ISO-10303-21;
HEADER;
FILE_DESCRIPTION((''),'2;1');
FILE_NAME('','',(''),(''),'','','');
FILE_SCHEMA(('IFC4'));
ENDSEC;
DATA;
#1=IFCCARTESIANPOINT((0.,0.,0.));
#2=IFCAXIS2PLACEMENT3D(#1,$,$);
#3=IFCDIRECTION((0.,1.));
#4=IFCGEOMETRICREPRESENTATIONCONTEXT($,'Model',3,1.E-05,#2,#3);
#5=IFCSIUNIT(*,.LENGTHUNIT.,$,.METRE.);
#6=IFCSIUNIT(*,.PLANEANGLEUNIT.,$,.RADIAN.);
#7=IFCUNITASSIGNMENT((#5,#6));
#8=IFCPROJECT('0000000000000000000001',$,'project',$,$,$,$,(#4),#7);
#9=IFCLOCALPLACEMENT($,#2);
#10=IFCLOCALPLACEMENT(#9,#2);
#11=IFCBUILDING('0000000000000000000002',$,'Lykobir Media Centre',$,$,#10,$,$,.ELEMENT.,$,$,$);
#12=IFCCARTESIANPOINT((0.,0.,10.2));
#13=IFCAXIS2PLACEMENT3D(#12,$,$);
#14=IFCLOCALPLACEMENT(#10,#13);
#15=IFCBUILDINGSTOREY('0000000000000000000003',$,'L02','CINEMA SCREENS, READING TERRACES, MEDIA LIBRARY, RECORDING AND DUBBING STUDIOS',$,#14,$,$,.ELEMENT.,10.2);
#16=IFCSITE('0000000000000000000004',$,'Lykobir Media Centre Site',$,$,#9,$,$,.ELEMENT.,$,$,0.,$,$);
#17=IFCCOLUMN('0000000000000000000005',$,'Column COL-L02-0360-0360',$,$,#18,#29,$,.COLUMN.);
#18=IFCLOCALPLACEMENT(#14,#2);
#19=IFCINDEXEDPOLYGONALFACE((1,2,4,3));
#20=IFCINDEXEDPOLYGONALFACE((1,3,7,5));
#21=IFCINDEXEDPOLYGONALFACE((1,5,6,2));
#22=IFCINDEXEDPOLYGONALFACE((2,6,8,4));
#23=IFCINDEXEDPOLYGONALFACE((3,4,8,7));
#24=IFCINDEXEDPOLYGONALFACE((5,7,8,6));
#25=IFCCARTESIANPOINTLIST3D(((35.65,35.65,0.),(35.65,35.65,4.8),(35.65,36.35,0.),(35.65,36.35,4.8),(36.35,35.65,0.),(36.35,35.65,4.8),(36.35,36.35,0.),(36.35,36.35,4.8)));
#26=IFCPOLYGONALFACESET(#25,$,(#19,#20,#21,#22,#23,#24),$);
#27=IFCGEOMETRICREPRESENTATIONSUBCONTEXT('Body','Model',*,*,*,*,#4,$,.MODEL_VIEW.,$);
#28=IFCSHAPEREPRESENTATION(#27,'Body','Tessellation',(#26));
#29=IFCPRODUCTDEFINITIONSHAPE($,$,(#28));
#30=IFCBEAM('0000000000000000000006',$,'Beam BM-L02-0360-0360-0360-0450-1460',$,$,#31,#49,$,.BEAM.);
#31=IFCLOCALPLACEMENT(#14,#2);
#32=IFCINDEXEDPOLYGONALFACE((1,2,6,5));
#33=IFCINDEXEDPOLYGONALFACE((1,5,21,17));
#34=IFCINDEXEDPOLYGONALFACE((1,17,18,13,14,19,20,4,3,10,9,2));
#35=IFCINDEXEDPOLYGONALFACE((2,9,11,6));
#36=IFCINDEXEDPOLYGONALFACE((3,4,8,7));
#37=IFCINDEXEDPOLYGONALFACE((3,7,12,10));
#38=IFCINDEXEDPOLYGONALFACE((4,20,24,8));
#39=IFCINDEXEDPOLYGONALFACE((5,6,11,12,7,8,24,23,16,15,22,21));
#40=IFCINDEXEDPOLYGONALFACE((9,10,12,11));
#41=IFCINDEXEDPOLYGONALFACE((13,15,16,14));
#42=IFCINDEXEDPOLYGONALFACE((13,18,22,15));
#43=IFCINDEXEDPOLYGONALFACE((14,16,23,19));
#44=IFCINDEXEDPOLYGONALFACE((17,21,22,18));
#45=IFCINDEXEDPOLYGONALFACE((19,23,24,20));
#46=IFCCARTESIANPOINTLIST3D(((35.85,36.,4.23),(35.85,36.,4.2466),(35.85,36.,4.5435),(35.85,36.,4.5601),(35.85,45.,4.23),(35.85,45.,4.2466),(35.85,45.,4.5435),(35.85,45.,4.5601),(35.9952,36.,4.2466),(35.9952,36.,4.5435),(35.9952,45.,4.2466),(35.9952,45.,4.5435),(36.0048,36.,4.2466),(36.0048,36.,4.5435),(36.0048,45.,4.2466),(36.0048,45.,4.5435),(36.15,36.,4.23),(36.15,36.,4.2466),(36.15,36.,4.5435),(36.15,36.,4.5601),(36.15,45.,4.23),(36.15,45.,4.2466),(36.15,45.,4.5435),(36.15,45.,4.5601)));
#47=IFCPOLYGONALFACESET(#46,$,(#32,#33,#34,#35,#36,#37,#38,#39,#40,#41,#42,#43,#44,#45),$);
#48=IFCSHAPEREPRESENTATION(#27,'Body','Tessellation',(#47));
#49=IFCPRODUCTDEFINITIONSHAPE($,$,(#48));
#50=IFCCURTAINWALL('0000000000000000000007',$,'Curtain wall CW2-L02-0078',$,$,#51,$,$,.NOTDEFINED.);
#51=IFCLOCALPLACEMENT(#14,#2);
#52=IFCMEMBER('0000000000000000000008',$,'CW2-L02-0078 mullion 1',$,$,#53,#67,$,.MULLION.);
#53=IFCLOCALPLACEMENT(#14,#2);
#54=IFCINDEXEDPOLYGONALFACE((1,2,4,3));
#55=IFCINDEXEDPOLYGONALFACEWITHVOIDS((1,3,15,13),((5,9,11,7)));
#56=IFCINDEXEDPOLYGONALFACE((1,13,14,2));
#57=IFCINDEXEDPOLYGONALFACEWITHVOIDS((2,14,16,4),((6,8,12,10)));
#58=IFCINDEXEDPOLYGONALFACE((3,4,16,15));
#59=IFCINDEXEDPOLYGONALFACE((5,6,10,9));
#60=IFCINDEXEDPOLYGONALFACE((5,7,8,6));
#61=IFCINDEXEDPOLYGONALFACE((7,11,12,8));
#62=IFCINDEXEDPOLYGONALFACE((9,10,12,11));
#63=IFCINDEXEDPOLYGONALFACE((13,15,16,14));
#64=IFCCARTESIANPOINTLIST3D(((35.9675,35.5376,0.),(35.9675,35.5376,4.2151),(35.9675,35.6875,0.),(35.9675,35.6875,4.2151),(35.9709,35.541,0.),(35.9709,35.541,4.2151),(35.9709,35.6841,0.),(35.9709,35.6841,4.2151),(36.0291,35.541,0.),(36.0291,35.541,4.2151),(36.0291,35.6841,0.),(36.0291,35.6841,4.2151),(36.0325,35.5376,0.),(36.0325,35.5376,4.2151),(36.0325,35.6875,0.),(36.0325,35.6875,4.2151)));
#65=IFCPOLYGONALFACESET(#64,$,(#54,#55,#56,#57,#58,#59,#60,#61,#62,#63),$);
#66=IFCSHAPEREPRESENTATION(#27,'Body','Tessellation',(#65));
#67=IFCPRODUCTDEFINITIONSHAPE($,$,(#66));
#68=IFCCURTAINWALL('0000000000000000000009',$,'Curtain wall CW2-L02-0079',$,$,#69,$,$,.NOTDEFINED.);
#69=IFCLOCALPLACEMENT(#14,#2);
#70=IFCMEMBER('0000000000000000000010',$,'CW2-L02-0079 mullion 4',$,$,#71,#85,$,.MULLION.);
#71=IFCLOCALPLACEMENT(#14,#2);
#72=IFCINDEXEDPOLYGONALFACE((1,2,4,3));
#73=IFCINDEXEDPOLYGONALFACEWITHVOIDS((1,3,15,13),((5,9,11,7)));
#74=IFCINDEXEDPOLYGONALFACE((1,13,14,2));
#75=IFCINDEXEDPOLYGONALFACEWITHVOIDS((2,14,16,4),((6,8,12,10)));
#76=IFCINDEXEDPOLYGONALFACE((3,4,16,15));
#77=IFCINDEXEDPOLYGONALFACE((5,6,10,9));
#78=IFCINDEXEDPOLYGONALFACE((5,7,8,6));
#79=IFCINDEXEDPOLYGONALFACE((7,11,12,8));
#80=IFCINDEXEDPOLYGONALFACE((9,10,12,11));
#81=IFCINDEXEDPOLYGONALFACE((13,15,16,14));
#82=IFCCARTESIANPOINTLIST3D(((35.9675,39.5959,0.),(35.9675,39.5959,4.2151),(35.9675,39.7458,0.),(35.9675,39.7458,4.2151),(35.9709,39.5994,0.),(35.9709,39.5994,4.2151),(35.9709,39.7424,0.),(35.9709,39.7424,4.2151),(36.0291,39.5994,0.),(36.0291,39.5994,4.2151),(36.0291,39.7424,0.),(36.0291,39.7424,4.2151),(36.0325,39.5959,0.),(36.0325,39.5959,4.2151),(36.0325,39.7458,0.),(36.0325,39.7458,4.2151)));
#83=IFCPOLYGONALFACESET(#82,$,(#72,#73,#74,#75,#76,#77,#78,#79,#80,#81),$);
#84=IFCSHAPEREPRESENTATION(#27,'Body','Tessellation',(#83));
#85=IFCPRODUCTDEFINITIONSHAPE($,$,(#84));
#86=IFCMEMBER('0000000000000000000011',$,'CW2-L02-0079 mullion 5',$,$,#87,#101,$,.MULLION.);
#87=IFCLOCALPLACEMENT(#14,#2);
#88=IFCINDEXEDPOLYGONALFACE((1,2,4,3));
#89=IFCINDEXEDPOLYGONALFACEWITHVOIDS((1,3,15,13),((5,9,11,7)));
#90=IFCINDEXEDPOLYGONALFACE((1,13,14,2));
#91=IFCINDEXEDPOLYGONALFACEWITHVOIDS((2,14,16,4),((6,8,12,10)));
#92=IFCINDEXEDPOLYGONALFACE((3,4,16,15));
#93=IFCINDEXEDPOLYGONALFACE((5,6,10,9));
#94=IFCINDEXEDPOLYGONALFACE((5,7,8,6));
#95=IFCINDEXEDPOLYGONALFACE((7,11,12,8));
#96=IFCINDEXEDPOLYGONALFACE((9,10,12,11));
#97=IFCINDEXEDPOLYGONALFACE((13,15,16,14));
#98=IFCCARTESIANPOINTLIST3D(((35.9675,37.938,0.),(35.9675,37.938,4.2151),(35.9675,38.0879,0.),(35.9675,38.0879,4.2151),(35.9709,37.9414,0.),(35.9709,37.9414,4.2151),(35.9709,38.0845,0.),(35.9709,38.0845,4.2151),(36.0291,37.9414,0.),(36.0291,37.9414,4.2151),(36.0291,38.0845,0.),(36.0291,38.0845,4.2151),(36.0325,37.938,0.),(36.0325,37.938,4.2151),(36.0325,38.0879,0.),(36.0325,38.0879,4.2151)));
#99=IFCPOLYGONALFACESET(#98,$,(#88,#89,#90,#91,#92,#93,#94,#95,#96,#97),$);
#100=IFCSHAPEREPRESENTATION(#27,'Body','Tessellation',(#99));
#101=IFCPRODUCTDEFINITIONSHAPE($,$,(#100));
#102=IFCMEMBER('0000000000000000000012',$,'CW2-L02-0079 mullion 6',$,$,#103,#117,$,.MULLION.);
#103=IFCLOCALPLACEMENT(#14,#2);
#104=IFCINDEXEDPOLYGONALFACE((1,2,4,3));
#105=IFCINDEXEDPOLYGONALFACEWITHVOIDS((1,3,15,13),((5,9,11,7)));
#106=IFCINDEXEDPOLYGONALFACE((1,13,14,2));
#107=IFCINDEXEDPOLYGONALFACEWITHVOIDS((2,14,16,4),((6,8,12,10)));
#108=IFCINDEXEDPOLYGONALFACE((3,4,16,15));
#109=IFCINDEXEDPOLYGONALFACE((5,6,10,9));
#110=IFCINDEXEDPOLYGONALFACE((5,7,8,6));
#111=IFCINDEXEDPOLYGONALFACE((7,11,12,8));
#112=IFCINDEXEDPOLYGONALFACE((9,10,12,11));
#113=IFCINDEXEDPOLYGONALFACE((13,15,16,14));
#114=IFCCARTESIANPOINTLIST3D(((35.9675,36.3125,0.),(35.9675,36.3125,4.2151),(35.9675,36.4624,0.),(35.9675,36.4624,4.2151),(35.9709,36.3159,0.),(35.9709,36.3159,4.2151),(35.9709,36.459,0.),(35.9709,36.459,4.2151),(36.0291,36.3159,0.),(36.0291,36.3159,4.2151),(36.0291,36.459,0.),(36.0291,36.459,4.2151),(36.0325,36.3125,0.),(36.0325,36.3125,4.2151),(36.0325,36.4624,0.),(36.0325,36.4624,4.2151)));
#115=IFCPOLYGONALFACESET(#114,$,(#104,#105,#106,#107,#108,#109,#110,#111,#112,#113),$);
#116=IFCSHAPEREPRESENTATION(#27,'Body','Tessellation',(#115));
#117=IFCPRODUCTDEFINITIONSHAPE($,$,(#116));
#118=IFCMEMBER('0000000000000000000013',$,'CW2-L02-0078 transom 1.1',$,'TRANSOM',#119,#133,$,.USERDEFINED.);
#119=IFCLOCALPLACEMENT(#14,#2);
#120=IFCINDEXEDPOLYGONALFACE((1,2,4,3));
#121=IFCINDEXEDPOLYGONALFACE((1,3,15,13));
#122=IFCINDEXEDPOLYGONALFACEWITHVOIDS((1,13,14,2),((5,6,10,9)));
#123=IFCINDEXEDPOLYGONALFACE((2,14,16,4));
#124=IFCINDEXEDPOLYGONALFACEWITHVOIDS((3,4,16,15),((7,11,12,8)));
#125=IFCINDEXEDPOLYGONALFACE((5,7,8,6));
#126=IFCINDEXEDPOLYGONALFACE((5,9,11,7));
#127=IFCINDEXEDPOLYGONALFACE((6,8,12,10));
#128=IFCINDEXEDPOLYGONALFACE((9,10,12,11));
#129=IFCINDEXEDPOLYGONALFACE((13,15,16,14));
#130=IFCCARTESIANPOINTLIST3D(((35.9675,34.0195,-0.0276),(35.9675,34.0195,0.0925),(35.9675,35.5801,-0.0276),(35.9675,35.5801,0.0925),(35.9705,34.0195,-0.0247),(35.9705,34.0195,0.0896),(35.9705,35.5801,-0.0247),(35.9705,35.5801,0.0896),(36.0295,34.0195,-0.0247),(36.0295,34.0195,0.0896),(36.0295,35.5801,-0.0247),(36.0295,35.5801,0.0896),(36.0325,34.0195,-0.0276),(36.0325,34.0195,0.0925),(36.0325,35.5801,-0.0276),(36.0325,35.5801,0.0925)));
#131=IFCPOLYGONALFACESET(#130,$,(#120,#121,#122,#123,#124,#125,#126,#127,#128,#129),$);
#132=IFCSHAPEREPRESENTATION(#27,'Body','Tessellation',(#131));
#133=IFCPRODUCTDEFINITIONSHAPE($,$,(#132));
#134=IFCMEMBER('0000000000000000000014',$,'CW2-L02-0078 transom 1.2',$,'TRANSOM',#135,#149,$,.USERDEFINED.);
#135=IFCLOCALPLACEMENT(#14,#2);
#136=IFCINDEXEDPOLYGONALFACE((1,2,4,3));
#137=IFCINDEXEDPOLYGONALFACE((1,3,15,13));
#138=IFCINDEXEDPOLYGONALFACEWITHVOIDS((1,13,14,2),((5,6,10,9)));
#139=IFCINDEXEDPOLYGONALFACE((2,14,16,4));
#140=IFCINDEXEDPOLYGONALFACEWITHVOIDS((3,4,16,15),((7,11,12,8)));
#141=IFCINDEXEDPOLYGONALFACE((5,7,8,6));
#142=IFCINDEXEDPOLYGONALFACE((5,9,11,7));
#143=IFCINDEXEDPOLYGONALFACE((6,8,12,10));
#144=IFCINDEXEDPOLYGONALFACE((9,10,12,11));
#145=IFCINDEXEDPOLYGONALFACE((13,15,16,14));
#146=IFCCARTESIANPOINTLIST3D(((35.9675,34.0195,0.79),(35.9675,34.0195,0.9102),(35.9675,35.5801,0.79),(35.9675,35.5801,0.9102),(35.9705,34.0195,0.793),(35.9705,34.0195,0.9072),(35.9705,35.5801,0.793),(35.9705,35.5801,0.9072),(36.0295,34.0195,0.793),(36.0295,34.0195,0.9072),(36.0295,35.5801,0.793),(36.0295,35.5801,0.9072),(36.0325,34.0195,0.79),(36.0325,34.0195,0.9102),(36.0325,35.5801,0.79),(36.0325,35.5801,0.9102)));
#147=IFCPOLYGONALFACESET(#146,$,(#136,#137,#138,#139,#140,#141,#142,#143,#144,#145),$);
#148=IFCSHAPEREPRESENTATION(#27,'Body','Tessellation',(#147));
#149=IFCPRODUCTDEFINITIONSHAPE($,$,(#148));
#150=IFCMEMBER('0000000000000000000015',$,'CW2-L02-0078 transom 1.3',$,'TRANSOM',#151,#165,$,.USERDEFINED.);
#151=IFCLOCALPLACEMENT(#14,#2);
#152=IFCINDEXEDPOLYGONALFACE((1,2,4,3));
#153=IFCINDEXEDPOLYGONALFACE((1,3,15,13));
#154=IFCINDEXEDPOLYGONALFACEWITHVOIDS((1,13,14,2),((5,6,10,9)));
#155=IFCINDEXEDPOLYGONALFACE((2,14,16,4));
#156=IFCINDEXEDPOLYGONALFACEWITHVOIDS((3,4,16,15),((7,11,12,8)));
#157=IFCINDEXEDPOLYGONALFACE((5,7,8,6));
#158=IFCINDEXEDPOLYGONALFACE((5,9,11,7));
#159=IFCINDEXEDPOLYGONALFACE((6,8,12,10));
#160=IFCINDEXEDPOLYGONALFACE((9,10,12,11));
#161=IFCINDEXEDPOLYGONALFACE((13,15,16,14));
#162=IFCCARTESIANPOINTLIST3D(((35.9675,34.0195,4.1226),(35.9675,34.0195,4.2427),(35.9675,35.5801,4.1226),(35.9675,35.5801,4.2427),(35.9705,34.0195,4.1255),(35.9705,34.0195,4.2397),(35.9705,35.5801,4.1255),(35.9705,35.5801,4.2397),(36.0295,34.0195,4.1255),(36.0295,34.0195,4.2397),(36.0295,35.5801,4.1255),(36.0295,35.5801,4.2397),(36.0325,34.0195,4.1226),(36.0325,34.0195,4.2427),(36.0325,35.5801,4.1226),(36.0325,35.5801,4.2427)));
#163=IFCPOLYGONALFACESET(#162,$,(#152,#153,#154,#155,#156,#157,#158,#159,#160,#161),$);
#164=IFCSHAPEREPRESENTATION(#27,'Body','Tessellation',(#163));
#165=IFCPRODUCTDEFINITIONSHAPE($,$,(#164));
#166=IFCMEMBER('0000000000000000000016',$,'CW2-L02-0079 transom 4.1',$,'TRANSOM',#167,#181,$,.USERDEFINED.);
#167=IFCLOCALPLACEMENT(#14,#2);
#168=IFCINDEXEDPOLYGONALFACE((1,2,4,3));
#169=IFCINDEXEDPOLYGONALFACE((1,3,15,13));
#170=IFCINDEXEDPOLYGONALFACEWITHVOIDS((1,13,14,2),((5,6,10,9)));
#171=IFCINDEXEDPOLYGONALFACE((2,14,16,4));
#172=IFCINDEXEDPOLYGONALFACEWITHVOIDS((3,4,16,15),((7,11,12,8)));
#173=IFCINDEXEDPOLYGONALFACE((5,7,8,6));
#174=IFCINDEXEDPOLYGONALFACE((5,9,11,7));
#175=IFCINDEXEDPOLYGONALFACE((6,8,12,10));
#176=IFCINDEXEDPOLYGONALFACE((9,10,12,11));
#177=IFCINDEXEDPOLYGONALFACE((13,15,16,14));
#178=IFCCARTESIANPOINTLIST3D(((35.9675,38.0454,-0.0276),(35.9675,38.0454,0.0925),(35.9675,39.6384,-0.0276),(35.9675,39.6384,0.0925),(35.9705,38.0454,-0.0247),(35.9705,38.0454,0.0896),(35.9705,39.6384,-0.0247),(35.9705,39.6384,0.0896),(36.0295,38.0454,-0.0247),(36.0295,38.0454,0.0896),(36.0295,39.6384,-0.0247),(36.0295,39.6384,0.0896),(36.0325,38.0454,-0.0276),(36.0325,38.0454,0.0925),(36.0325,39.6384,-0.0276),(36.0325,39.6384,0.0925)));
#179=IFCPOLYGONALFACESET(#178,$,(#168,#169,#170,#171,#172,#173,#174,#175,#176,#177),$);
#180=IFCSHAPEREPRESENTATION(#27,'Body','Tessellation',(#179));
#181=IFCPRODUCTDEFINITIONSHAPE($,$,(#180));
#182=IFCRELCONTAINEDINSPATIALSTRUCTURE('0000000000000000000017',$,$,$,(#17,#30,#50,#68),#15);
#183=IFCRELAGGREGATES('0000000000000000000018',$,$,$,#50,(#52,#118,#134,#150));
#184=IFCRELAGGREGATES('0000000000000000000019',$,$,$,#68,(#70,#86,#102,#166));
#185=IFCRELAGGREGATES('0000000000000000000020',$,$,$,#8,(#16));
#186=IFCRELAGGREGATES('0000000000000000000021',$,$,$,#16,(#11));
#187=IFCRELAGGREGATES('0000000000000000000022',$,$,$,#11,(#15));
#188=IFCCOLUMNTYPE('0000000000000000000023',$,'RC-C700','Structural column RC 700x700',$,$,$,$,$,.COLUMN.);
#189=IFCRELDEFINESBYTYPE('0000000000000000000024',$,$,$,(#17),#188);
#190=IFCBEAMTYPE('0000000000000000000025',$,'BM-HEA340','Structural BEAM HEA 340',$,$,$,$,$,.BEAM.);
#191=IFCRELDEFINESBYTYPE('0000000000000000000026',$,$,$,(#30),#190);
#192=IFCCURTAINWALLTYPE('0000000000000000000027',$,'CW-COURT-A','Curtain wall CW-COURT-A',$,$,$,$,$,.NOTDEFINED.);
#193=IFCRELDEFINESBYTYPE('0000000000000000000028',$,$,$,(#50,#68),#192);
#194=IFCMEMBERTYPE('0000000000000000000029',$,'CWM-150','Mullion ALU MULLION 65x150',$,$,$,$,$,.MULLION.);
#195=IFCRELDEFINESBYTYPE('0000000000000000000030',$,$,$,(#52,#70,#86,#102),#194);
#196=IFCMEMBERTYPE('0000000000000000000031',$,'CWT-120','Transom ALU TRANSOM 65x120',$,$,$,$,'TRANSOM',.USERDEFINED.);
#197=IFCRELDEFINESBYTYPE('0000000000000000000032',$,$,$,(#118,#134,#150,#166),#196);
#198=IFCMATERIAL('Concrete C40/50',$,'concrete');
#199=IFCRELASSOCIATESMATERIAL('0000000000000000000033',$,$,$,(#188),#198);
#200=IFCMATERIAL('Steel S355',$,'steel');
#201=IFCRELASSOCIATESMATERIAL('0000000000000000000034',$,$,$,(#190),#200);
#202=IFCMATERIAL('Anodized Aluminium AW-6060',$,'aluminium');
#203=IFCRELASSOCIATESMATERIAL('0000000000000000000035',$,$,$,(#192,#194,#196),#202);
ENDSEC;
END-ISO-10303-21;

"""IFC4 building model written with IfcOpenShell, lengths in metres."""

from ifc_helpers import new_model, si_unit, direction, frame, origin, origin_2d, place, context, subcontext, project, spatial, rectangle, hollow_rectangle, i_section, extrude, material, material_profile, profile_set, type_object, element, aggregate, save


model = new_model("IFC4")

# Units and contexts
model_context = context("Model", 3, precision=1e-05, world=origin(), true_north=direction((0.0, 1.0)))
body_context = subcontext(model_context, "Body", "Model", "MODEL_VIEW")
ifc_project = project(units=[si_unit("LENGTHUNIT", "METRE"), si_unit("PLANEANGLEUNIT", "RADIAN")], contexts=[model_context])

# Site, building, storey
site_placement = place(None, origin())
site = spatial("IfcSite", under=ifc_project, at=site_placement, Name="Lykobir Media Centre Site", CompositionType="ELEMENT", RefElevation=0.0)
building_placement = place(site_placement, origin())
building = spatial("IfcBuilding", under=site, at=building_placement, Name="Lykobir Media Centre", CompositionType="ELEMENT")
storey_placement = place(building_placement, frame((0.0, 0.0, 10.2)))
storey = spatial("IfcBuildingStorey", under=building, at=storey_placement, Name="L02", Description="CINEMA SCREENS, READING TERRACES, MEDIA LIBRARY, RECORDING AND DUBBING STUDIOS", CompositionType="ELEMENT", Elevation=10.2)

# Column
ifc_material_1 = material(Name="Concrete C40/50", Category="concrete")
ifc_material_profile_1 = material_profile(ifc_material_1, rectangle(XDim=0.7, YDim=0.7, at=origin_2d()), Name="RC 700x700")
ifc_profile_set_1 = profile_set([ifc_material_profile_1], Name="Concrete C40/50")
column_type = type_object("IfcColumnType", Name="RC-C700", Description="Structural column RC 700x700", PredefinedType="COLUMN", material=ifc_profile_set_1)
column_placement = place(storey_placement, frame((36.0, 36.0, 0.0), z_axis=(0.0, 0.0, 1.0), x_axis=(1.0, 0.0, 0.0)))
element("IfcColumn", 1, at=column_placement, inside=storey, type_object=column_type, Name="Column COL-L02-0360-0360", PredefinedType="COLUMN", context=body_context, shape_type="SweptSolid", body=[
    extrude(rectangle(XDim=0.7, YDim=0.7, at=origin_2d()), origin(), (0.0, 0.0, 1.0), 4.8),
])

# Beam
ifc_material_2 = material(Name="Steel S355", Category="steel")
ifc_material_profile_2 = material_profile(ifc_material_2, i_section(OverallWidth=0.3, OverallDepth=0.3301, WebThickness=0.0095, FlangeThickness=0.0166, at=origin_2d()), Name="HEA 340")
ifc_profile_set_2 = profile_set([ifc_material_profile_2], Name="Steel S355")
beam_type_1 = type_object("IfcBeamType", Name="BM-HEA340", Description="Structural BEAM HEA 340", PredefinedType="BEAM", material=ifc_profile_set_2)
beam_1_placement = place(storey_placement, frame((36.0, 36.0, 4.395), z_axis=(0.0, 1.0, 0.0), x_axis=(-1.0, 0.0, 0.0)))
element("IfcBeam", 2, at=beam_1_placement, inside=storey, type_object=beam_type_1, Name="Beam BM-L02-0360-0360-0360-0450-1460", PredefinedType="BEAM", context=body_context, shape_type="SweptSolid", body=[
    extrude(i_section(OverallWidth=0.3, OverallDepth=0.3301, WebThickness=0.0095, FlangeThickness=0.0166, at=origin_2d()), origin(), (0.0, 0.0, 1.0), 9.0),
])

# Curtain wall, member
ifc_material_3 = material(Name="Anodized Aluminium AW-6060", Category="aluminium")
curtain_wall_type = type_object("IfcCurtainWallType", Name="CW-COURT-A", Description="Curtain wall CW-COURT-A", PredefinedType="NOTDEFINED", material=ifc_material_3)
curtain_wall_1_placement = place(storey_placement, origin())
curtain_wall_1 = element("IfcCurtainWall", 3, at=curtain_wall_1_placement, inside=storey, type_object=curtain_wall_type, Name="Curtain wall CW2-L02-0078", PredefinedType="NOTDEFINED")
ifc_material_profile_3 = material_profile(ifc_material_3, hollow_rectangle(XDim=0.0649, YDim=0.1499, WallThickness=0.0034, at=origin_2d()), Name="ALU MULLION 65x150")
ifc_profile_set_3 = profile_set([ifc_material_profile_3], Name="Anodized Aluminium AW-6060")
member_type_1 = type_object("IfcMemberType", Name="CWM-150", Description="Mullion ALU MULLION 65x150", PredefinedType="MULLION", material=ifc_profile_set_3)
member_1_placement = place(storey_placement, frame((36.0, 35.6125, 0.0), z_axis=(0.0, 0.0, 1.0), x_axis=(1.0, 0.0, 0.0)))
member_1 = element("IfcMember", 4, at=member_1_placement, type_object=member_type_1, Name="CW2-L02-0078 mullion 1", PredefinedType="MULLION", context=body_context, shape_type="SweptSolid", body=[
    extrude(hollow_rectangle(XDim=0.0649, YDim=0.1499, WallThickness=0.0034, at=origin_2d()), origin(), (0.0, 0.0, 1.0), 4.2151),
])

# Curtain wall, members
curtain_wall_2_placement = place(storey_placement, origin())
curtain_wall_2 = element("IfcCurtainWall", 5, at=curtain_wall_2_placement, inside=storey, type_object=curtain_wall_type, Name="Curtain wall CW2-L02-0079", PredefinedType="NOTDEFINED")
member_2_placement = place(storey_placement, frame((36.0, 39.6709, 0.0), z_axis=(0.0, 0.0, 1.0), x_axis=(1.0, 0.0, 0.0)))
member_2 = element("IfcMember", 6, at=member_2_placement, type_object=member_type_1, Name="CW2-L02-0079 mullion 4", PredefinedType="MULLION", context=body_context, shape_type="SweptSolid", body=[
    extrude(hollow_rectangle(XDim=0.0649, YDim=0.1499, WallThickness=0.0034, at=origin_2d()), origin(), (0.0, 0.0, 1.0), 4.2151),
])
member_3_placement = place(storey_placement, frame((36.0, 38.0129, 0.0), z_axis=(0.0, 0.0, 1.0), x_axis=(1.0, 0.0, 0.0)))
member_3 = element("IfcMember", 7, at=member_3_placement, type_object=member_type_1, Name="CW2-L02-0079 mullion 5", PredefinedType="MULLION", context=body_context, shape_type="SweptSolid", body=[
    extrude(hollow_rectangle(XDim=0.0649, YDim=0.1499, WallThickness=0.0034, at=origin_2d()), origin(), (0.0, 0.0, 1.0), 4.2151),
])
member_4_placement = place(storey_placement, frame((36.0, 36.3875, 0.0), z_axis=(0.0, 0.0, 1.0), x_axis=(1.0, 0.0, 0.0)))
member_4 = element("IfcMember", 8, at=member_4_placement, type_object=member_type_1, Name="CW2-L02-0079 mullion 6", PredefinedType="MULLION", context=body_context, shape_type="SweptSolid", body=[
    extrude(hollow_rectangle(XDim=0.0649, YDim=0.1499, WallThickness=0.0034, at=origin_2d()), origin(), (0.0, 0.0, 1.0), 4.2151),
])

# Members
ifc_material_profile_4 = material_profile(ifc_material_3, hollow_rectangle(XDim=0.0649, YDim=0.1201, WallThickness=0.0029, at=origin_2d()), Name="ALU TRANSOM 65x120")
ifc_profile_set_4 = profile_set([ifc_material_profile_4], Name="Anodized Aluminium AW-6060")
member_type_2 = type_object("IfcMemberType", Name="CWT-120", Description="Transom ALU TRANSOM 65x120", ElementType="TRANSOM", PredefinedType="USERDEFINED", material=ifc_profile_set_4)
member_5_placement = place(storey_placement, frame((36.0, 35.5801, 0.0325), z_axis=(0.0, -1.0, 0.0), x_axis=(1.0, 0.0, 0.0)))
member_5 = element("IfcMember", 9, at=member_5_placement, type_object=member_type_2, Name="CW2-L02-0078 transom 1.1", ObjectType="TRANSOM", PredefinedType="USERDEFINED", context=body_context, shape_type="SweptSolid", body=[
    extrude(hollow_rectangle(XDim=0.0649, YDim=0.1201, WallThickness=0.0029, at=origin_2d()), origin(), (0.0, 0.0, 1.0), 1.5605),
])
member_6_placement = place(storey_placement, frame((36.0, 35.5801, 0.8501), z_axis=(0.0, -1.0, 0.0), x_axis=(1.0, 0.0, 0.0)))
member_6 = element("IfcMember", 10, at=member_6_placement, type_object=member_type_2, Name="CW2-L02-0078 transom 1.2", ObjectType="TRANSOM", PredefinedType="USERDEFINED", context=body_context, shape_type="SweptSolid", body=[
    extrude(hollow_rectangle(XDim=0.0649, YDim=0.1201, WallThickness=0.0029, at=origin_2d()), origin(), (0.0, 0.0, 1.0), 1.5605),
])
member_7_placement = place(storey_placement, frame((36.0, 35.5801, 4.1826), z_axis=(0.0, -1.0, 0.0), x_axis=(1.0, 0.0, 0.0)))
member_7 = element("IfcMember", 11, at=member_7_placement, type_object=member_type_2, Name="CW2-L02-0078 transom 1.3", ObjectType="TRANSOM", PredefinedType="USERDEFINED", context=body_context, shape_type="SweptSolid", body=[
    extrude(hollow_rectangle(XDim=0.0649, YDim=0.1201, WallThickness=0.0029, at=origin_2d()), origin(), (0.0, 0.0, 1.0), 1.5605),
])
aggregate(curtain_wall_1, [member_1, member_5, member_6, member_7])
member_8_placement = place(storey_placement, frame((36.0, 39.6384, 0.0325), z_axis=(0.0, -1.0, 0.0), x_axis=(1.0, 0.0, 0.0)))
member_8 = element("IfcMember", 12, at=member_8_placement, type_object=member_type_2, Name="CW2-L02-0079 transom 4.1", ObjectType="TRANSOM", PredefinedType="USERDEFINED", context=body_context, shape_type="SweptSolid", body=[
    extrude(hollow_rectangle(XDim=0.0649, YDim=0.1201, WallThickness=0.0029, at=origin_2d()), origin(), (0.0, 0.0, 1.0), 1.593),
])

aggregate(curtain_wall_2, [member_2, member_3, member_4, member_8])

save(model, "model.ifc")
